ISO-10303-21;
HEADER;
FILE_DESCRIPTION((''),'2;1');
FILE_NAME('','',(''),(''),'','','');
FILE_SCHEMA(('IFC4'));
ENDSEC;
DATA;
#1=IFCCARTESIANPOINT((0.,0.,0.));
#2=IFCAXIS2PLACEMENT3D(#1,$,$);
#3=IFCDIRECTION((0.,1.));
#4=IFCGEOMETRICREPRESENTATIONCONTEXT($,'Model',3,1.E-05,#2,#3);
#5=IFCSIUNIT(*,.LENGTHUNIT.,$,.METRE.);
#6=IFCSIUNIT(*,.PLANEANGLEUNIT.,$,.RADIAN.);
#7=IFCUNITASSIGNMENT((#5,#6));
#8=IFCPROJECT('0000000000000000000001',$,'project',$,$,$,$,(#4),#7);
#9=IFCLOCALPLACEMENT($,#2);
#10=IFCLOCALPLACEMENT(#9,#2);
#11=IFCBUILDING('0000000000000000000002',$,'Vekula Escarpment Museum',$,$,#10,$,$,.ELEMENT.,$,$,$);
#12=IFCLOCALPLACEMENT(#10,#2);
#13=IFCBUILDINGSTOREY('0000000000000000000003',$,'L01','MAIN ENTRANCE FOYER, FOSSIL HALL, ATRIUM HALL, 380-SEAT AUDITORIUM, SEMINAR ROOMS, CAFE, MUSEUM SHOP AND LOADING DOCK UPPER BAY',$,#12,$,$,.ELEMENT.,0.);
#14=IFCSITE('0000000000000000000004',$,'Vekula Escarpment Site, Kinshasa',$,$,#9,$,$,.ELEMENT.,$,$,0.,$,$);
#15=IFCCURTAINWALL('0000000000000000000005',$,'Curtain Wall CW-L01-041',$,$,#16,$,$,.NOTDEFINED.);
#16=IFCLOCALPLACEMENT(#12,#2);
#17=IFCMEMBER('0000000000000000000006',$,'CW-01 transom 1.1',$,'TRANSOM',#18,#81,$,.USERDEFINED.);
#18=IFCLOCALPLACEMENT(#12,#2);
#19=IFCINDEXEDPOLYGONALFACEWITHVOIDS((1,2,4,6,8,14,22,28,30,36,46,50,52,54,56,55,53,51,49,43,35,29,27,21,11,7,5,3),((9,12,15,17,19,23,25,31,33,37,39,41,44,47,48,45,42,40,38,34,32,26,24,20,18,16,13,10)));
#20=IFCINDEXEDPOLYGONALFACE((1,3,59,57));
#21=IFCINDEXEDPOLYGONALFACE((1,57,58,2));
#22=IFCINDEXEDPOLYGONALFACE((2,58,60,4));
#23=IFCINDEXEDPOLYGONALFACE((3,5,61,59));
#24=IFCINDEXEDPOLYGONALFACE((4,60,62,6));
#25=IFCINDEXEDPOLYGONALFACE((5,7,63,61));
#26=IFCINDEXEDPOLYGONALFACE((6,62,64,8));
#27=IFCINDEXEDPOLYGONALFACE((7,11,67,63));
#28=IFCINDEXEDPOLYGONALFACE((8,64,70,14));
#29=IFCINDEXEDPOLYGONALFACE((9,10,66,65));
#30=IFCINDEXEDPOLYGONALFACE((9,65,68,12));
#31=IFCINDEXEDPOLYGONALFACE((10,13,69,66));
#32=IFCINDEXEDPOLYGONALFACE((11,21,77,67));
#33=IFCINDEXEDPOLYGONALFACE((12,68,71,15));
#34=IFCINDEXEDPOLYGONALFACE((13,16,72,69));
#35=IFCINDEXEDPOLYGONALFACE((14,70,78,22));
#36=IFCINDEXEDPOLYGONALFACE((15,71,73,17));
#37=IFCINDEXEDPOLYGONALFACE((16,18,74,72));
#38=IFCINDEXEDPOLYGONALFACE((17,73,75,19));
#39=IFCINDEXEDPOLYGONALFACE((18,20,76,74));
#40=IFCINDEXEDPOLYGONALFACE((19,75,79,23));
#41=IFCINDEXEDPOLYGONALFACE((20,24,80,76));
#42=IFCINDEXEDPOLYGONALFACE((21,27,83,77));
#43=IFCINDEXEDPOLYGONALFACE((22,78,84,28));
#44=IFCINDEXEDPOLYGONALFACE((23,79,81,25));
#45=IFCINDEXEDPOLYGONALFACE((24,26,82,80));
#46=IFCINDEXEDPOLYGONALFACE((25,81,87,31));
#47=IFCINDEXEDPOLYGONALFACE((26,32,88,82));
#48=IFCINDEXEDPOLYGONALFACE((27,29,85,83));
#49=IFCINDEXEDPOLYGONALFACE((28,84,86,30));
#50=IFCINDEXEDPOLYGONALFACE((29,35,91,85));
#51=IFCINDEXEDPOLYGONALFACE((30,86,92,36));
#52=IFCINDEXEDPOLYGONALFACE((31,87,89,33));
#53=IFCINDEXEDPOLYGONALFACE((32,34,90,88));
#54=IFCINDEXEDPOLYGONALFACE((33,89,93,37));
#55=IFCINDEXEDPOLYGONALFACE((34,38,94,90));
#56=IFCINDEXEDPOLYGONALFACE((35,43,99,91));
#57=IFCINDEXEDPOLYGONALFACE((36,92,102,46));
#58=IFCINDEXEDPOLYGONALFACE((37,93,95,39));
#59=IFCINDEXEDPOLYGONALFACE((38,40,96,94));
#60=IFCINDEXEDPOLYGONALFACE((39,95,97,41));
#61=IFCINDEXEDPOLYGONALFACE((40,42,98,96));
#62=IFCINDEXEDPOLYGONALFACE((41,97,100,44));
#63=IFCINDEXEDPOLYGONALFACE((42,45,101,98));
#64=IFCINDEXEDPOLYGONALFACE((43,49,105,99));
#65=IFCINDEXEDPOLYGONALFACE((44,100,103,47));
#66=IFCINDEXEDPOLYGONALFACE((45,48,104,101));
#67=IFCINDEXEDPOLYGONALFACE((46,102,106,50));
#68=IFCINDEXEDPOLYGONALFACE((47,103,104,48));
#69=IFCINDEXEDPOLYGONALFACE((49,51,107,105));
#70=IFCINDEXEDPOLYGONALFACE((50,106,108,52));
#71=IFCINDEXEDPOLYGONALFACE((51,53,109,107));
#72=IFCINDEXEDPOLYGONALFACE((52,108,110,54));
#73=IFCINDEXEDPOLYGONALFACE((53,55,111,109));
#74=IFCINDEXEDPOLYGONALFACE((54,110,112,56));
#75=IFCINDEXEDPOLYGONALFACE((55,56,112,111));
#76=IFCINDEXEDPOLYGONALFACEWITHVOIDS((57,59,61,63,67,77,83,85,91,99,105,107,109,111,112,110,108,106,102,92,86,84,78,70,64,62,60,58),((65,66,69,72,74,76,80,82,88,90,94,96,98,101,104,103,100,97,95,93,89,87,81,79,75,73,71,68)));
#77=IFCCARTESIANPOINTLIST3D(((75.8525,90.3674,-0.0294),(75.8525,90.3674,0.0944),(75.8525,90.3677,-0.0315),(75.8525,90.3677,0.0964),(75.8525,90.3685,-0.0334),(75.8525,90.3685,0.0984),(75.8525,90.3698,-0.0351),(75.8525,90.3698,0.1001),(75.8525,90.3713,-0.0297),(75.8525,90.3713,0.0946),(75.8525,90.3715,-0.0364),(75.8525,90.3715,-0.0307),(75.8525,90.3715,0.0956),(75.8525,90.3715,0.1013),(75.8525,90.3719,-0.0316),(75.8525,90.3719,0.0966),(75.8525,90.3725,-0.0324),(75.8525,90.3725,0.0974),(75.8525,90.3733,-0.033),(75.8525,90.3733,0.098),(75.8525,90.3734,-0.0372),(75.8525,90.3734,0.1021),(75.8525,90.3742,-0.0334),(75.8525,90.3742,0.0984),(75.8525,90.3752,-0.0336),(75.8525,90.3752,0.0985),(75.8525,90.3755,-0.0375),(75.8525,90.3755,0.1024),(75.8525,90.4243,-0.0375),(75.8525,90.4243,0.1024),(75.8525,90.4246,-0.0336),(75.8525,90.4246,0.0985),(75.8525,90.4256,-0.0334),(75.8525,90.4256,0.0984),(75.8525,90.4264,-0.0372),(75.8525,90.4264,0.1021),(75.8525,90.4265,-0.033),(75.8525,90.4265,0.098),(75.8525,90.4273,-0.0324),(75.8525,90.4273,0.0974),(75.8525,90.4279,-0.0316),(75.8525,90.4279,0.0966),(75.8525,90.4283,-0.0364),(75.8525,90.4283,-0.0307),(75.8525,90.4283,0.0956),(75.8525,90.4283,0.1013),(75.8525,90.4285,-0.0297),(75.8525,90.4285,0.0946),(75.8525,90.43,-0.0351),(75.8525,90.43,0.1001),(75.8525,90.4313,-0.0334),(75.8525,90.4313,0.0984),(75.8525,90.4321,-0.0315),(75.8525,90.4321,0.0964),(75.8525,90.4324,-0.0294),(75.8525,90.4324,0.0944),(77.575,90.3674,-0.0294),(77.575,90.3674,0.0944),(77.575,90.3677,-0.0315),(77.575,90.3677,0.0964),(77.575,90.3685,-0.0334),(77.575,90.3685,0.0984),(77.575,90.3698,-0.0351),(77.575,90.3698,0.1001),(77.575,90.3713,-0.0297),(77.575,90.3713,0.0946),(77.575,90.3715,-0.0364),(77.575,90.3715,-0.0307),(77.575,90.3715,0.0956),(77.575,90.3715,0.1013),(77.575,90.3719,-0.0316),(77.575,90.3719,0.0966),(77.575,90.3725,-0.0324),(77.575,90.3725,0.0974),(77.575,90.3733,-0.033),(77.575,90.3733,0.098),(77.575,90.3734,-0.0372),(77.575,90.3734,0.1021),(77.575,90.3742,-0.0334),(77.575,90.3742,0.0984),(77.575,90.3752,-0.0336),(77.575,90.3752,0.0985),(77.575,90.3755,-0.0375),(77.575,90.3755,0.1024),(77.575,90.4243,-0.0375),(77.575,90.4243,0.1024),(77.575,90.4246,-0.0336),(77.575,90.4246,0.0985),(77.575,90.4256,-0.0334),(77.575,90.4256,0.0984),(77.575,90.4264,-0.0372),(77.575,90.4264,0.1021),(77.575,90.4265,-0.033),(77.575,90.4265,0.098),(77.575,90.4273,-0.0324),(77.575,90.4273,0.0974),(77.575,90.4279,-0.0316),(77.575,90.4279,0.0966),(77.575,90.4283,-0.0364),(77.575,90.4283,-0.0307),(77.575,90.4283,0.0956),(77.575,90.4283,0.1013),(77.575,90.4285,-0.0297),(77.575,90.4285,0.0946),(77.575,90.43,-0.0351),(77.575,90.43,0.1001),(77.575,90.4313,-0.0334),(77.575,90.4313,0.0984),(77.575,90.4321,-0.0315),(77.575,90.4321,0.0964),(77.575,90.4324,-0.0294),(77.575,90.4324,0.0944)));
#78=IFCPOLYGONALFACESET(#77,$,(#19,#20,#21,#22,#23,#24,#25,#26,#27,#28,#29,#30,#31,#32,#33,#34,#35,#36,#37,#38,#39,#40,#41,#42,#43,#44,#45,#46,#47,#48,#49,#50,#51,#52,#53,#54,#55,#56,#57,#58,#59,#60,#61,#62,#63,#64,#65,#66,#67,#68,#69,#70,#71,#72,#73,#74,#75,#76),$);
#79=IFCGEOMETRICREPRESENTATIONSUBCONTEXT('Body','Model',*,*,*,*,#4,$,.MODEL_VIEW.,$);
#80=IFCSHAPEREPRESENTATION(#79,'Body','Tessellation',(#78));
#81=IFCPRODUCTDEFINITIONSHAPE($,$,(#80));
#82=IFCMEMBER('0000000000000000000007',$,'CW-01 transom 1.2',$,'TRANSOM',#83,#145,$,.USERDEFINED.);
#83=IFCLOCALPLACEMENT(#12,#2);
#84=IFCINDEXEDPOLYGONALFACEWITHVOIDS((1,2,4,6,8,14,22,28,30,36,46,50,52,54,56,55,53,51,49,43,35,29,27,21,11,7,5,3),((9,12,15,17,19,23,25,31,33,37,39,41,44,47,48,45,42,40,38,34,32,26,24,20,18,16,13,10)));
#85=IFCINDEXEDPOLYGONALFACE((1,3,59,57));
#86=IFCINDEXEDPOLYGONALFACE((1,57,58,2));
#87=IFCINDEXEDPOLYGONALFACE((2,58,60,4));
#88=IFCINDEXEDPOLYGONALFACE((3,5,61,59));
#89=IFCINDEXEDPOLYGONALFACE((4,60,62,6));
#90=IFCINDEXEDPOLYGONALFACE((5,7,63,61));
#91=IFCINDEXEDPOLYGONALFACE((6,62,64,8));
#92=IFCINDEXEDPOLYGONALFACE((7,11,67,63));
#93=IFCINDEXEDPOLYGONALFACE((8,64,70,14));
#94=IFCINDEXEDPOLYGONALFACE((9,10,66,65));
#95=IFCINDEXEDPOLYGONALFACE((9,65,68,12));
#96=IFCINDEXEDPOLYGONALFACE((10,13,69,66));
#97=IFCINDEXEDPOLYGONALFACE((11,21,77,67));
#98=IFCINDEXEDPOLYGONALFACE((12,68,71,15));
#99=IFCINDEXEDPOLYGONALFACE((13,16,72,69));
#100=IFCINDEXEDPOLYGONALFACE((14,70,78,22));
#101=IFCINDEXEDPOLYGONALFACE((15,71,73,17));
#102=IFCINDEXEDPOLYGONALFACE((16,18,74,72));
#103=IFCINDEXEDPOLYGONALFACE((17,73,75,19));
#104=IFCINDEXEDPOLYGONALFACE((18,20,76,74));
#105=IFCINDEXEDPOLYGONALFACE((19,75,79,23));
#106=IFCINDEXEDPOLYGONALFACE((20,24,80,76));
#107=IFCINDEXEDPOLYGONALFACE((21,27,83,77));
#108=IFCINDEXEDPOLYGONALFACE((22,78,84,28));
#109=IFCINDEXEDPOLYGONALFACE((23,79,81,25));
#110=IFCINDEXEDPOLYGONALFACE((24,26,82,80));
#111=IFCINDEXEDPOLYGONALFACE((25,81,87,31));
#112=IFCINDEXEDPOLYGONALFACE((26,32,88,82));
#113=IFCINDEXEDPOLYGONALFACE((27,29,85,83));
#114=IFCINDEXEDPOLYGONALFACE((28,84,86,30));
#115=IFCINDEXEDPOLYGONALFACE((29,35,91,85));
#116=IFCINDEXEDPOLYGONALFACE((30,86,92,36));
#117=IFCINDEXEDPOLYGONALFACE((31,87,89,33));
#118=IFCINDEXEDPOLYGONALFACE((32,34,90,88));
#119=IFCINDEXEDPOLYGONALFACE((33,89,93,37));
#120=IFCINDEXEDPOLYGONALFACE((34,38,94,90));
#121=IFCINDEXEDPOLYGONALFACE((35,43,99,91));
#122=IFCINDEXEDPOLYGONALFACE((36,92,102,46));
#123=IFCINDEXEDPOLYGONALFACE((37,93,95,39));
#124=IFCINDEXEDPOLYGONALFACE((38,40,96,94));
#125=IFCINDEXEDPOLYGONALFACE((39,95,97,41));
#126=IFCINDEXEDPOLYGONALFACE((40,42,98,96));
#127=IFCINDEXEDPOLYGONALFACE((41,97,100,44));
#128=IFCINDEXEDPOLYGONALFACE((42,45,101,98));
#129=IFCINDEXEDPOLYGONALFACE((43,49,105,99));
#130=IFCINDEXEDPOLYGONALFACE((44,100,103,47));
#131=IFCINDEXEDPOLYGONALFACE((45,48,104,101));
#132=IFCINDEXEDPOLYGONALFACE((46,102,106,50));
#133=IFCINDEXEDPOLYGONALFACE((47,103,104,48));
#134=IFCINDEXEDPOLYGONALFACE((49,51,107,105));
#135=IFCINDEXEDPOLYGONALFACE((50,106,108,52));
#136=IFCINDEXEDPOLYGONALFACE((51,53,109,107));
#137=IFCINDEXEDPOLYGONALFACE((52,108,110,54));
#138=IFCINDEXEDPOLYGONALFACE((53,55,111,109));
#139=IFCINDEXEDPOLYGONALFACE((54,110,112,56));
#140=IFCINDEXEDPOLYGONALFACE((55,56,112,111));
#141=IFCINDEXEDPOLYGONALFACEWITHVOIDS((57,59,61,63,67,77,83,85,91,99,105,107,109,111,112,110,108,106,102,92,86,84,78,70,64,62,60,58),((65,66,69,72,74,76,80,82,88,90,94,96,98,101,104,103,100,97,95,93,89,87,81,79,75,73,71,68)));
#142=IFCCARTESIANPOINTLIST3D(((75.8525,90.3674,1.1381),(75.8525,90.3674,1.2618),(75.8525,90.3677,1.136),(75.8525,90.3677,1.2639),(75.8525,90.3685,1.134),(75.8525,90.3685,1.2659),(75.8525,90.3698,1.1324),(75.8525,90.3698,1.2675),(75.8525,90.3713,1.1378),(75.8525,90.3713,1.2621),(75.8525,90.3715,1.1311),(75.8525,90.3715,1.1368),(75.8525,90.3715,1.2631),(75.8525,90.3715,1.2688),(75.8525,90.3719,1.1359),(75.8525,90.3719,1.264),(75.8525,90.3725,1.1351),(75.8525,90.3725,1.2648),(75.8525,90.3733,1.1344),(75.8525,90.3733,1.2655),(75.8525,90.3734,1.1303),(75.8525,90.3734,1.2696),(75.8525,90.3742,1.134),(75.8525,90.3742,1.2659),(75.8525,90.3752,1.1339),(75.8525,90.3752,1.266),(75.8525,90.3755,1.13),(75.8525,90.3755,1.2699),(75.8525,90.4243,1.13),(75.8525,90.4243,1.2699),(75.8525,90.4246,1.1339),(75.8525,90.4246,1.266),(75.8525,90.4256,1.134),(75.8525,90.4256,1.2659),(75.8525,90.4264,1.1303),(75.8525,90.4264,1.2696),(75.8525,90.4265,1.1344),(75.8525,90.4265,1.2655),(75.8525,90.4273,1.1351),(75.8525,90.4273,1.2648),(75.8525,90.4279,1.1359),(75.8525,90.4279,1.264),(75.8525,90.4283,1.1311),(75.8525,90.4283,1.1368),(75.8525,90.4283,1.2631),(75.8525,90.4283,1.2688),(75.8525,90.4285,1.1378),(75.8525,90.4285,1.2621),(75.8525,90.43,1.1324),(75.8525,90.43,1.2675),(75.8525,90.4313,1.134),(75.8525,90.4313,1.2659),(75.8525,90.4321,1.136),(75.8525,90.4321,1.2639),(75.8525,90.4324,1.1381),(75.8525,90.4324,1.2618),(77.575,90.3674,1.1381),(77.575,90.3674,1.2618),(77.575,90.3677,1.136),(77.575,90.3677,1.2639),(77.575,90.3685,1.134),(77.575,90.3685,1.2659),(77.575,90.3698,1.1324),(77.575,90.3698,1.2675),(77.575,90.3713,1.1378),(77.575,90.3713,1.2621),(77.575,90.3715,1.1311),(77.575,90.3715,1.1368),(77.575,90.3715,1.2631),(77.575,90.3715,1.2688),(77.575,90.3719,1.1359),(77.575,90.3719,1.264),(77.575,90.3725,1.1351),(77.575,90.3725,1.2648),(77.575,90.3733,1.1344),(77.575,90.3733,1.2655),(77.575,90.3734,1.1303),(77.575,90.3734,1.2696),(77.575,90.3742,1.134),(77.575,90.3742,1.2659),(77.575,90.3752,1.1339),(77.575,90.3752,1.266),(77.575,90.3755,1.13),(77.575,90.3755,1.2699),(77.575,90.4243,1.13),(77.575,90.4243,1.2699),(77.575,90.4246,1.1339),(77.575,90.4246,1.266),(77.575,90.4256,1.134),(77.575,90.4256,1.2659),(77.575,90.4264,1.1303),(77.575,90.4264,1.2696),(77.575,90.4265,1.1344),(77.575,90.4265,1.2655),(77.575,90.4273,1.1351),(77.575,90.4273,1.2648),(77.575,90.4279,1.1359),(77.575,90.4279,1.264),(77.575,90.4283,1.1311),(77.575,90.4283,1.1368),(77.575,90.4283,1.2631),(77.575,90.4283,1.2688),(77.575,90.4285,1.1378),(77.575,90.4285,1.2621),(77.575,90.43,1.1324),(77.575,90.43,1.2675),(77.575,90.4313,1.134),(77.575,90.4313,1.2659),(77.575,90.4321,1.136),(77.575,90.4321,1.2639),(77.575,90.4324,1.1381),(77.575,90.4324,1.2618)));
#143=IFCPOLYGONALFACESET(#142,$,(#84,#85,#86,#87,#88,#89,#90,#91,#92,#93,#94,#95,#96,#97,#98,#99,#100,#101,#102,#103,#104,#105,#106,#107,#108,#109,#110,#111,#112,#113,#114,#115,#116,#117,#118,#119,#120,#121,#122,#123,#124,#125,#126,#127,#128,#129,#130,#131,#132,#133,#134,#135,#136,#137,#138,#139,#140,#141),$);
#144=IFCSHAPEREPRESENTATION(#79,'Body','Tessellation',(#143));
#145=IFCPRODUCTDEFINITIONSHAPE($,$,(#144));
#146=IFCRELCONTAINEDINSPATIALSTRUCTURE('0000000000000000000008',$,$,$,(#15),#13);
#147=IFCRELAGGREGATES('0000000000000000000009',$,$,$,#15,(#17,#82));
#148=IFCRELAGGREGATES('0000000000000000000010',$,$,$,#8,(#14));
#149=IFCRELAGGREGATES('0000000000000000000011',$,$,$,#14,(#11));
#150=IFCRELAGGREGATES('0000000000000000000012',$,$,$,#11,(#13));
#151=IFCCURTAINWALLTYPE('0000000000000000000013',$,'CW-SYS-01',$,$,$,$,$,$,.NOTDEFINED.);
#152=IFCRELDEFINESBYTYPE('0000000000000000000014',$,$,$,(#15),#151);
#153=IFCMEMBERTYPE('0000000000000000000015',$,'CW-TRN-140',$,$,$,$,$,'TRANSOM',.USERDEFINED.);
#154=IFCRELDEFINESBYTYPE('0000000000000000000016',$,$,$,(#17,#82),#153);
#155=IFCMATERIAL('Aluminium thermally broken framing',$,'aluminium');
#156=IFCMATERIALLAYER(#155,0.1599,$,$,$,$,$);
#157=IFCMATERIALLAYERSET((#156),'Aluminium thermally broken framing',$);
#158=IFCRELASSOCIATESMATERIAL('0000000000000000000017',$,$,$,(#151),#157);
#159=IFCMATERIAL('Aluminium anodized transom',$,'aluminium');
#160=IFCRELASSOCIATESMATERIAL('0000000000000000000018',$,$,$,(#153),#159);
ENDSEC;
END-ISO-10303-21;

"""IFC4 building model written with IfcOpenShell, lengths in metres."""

from ifc_helpers import new_model, si_unit, direction, frame, origin, origin_2d, place, context, subcontext, project, spatial, hollow_rectangle, extrude, material, layer, layer_set, material_profile, profile_set, type_object, element, aggregate, save


model = new_model("IFC4")

# Units and contexts
model_context = context("Model", 3, precision=1e-05, world=origin(), true_north=direction((0.0, 1.0)))
body_context = subcontext(model_context, "Body", "Model", "MODEL_VIEW")
ifc_project = project(units=[si_unit("LENGTHUNIT", "METRE"), si_unit("PLANEANGLEUNIT", "RADIAN")], contexts=[model_context])

# Site, building, storey
site_placement = place(None, origin())
site = spatial("IfcSite", under=ifc_project, at=site_placement, Name="Vekula Escarpment Site, Kinshasa", CompositionType="ELEMENT", RefElevation=0.0)
building_placement = place(site_placement, origin())
building = spatial("IfcBuilding", under=site, at=building_placement, Name="Vekula Escarpment Museum", CompositionType="ELEMENT")
storey_placement = place(building_placement, origin())
storey = spatial("IfcBuildingStorey", under=building, at=storey_placement, Name="L01", Description="MAIN ENTRANCE FOYER, FOSSIL HALL, ATRIUM HALL, 380-SEAT AUDITORIUM, SEMINAR ROOMS, CAFE, MUSEUM SHOP AND LOADING DOCK UPPER BAY", CompositionType="ELEMENT", Elevation=0.0)

# Curtain wall, members
ifc_material_1 = material(Name="Aluminium thermally broken framing", Category="aluminium")
ifc_layer_1 = layer(ifc_material_1, 0.1599)
ifc_layer_set_1 = layer_set([ifc_layer_1], Name="Aluminium thermally broken framing")
curtain_wall_type = type_object("IfcCurtainWallType", Name="CW-SYS-01", PredefinedType="NOTDEFINED", material=ifc_layer_set_1)
curtain_wall_placement = place(storey_placement, origin())
curtain_wall = element("IfcCurtainWall", 1, at=curtain_wall_placement, inside=storey, type_object=curtain_wall_type, Name="Curtain Wall CW-L01-041", PredefinedType="NOTDEFINED")
ifc_material_2 = material(Name="Aluminium anodized transom", Category="aluminium")
ifc_material_profile_1 = material_profile(ifc_material_2, hollow_rectangle(XDim=0.0649, YDim=0.1399, WallThickness=0.0039, InnerFilletRadius=0.0039, OuterFilletRadius=0.0081, at=origin_2d()), Name="ALU 140x65x4")
ifc_profile_set_1 = profile_set([ifc_material_profile_1], Name="Aluminium anodized transom")
member_type_1 = type_object("IfcMemberType", Name="CW-TRN-140", ElementType="TRANSOM", PredefinedType="USERDEFINED", material=ifc_profile_set_1)
member_1_placement = place(storey_placement, frame((77.575, 90.3999, 0.0325), z_axis=(-1.0, 0.0, 0.0), x_axis=(0.0, -1.0, 0.0)))
member_1 = element("IfcMember", 2, at=member_1_placement, type_object=member_type_1, Name="CW-01 transom 1.1", ObjectType="TRANSOM", PredefinedType="USERDEFINED", context=body_context, shape_type="SweptSolid", body=[
    extrude(hollow_rectangle(XDim=0.0649, YDim=0.1399, WallThickness=0.0039, InnerFilletRadius=0.0039, OuterFilletRadius=0.0081, at=origin_2d()), origin(), (0.0, 0.0, 1.0), 1.7224),
])
member_2_placement = place(storey_placement, frame((77.575, 90.3999, 1.2), z_axis=(-1.0, 0.0, 0.0), x_axis=(0.0, -1.0, 0.0)))
member_2 = element("IfcMember", 3, at=member_2_placement, type_object=member_type_1, Name="CW-01 transom 1.2", ObjectType="TRANSOM", PredefinedType="USERDEFINED", context=body_context, shape_type="SweptSolid", body=[
    extrude(hollow_rectangle(XDim=0.0649, YDim=0.1399, WallThickness=0.0039, InnerFilletRadius=0.0039, OuterFilletRadius=0.0081, at=origin_2d()), origin(), (0.0, 0.0, 1.0), 1.7224),
])

aggregate(curtain_wall, [member_1, member_2])

save(model, "model.ifc")
